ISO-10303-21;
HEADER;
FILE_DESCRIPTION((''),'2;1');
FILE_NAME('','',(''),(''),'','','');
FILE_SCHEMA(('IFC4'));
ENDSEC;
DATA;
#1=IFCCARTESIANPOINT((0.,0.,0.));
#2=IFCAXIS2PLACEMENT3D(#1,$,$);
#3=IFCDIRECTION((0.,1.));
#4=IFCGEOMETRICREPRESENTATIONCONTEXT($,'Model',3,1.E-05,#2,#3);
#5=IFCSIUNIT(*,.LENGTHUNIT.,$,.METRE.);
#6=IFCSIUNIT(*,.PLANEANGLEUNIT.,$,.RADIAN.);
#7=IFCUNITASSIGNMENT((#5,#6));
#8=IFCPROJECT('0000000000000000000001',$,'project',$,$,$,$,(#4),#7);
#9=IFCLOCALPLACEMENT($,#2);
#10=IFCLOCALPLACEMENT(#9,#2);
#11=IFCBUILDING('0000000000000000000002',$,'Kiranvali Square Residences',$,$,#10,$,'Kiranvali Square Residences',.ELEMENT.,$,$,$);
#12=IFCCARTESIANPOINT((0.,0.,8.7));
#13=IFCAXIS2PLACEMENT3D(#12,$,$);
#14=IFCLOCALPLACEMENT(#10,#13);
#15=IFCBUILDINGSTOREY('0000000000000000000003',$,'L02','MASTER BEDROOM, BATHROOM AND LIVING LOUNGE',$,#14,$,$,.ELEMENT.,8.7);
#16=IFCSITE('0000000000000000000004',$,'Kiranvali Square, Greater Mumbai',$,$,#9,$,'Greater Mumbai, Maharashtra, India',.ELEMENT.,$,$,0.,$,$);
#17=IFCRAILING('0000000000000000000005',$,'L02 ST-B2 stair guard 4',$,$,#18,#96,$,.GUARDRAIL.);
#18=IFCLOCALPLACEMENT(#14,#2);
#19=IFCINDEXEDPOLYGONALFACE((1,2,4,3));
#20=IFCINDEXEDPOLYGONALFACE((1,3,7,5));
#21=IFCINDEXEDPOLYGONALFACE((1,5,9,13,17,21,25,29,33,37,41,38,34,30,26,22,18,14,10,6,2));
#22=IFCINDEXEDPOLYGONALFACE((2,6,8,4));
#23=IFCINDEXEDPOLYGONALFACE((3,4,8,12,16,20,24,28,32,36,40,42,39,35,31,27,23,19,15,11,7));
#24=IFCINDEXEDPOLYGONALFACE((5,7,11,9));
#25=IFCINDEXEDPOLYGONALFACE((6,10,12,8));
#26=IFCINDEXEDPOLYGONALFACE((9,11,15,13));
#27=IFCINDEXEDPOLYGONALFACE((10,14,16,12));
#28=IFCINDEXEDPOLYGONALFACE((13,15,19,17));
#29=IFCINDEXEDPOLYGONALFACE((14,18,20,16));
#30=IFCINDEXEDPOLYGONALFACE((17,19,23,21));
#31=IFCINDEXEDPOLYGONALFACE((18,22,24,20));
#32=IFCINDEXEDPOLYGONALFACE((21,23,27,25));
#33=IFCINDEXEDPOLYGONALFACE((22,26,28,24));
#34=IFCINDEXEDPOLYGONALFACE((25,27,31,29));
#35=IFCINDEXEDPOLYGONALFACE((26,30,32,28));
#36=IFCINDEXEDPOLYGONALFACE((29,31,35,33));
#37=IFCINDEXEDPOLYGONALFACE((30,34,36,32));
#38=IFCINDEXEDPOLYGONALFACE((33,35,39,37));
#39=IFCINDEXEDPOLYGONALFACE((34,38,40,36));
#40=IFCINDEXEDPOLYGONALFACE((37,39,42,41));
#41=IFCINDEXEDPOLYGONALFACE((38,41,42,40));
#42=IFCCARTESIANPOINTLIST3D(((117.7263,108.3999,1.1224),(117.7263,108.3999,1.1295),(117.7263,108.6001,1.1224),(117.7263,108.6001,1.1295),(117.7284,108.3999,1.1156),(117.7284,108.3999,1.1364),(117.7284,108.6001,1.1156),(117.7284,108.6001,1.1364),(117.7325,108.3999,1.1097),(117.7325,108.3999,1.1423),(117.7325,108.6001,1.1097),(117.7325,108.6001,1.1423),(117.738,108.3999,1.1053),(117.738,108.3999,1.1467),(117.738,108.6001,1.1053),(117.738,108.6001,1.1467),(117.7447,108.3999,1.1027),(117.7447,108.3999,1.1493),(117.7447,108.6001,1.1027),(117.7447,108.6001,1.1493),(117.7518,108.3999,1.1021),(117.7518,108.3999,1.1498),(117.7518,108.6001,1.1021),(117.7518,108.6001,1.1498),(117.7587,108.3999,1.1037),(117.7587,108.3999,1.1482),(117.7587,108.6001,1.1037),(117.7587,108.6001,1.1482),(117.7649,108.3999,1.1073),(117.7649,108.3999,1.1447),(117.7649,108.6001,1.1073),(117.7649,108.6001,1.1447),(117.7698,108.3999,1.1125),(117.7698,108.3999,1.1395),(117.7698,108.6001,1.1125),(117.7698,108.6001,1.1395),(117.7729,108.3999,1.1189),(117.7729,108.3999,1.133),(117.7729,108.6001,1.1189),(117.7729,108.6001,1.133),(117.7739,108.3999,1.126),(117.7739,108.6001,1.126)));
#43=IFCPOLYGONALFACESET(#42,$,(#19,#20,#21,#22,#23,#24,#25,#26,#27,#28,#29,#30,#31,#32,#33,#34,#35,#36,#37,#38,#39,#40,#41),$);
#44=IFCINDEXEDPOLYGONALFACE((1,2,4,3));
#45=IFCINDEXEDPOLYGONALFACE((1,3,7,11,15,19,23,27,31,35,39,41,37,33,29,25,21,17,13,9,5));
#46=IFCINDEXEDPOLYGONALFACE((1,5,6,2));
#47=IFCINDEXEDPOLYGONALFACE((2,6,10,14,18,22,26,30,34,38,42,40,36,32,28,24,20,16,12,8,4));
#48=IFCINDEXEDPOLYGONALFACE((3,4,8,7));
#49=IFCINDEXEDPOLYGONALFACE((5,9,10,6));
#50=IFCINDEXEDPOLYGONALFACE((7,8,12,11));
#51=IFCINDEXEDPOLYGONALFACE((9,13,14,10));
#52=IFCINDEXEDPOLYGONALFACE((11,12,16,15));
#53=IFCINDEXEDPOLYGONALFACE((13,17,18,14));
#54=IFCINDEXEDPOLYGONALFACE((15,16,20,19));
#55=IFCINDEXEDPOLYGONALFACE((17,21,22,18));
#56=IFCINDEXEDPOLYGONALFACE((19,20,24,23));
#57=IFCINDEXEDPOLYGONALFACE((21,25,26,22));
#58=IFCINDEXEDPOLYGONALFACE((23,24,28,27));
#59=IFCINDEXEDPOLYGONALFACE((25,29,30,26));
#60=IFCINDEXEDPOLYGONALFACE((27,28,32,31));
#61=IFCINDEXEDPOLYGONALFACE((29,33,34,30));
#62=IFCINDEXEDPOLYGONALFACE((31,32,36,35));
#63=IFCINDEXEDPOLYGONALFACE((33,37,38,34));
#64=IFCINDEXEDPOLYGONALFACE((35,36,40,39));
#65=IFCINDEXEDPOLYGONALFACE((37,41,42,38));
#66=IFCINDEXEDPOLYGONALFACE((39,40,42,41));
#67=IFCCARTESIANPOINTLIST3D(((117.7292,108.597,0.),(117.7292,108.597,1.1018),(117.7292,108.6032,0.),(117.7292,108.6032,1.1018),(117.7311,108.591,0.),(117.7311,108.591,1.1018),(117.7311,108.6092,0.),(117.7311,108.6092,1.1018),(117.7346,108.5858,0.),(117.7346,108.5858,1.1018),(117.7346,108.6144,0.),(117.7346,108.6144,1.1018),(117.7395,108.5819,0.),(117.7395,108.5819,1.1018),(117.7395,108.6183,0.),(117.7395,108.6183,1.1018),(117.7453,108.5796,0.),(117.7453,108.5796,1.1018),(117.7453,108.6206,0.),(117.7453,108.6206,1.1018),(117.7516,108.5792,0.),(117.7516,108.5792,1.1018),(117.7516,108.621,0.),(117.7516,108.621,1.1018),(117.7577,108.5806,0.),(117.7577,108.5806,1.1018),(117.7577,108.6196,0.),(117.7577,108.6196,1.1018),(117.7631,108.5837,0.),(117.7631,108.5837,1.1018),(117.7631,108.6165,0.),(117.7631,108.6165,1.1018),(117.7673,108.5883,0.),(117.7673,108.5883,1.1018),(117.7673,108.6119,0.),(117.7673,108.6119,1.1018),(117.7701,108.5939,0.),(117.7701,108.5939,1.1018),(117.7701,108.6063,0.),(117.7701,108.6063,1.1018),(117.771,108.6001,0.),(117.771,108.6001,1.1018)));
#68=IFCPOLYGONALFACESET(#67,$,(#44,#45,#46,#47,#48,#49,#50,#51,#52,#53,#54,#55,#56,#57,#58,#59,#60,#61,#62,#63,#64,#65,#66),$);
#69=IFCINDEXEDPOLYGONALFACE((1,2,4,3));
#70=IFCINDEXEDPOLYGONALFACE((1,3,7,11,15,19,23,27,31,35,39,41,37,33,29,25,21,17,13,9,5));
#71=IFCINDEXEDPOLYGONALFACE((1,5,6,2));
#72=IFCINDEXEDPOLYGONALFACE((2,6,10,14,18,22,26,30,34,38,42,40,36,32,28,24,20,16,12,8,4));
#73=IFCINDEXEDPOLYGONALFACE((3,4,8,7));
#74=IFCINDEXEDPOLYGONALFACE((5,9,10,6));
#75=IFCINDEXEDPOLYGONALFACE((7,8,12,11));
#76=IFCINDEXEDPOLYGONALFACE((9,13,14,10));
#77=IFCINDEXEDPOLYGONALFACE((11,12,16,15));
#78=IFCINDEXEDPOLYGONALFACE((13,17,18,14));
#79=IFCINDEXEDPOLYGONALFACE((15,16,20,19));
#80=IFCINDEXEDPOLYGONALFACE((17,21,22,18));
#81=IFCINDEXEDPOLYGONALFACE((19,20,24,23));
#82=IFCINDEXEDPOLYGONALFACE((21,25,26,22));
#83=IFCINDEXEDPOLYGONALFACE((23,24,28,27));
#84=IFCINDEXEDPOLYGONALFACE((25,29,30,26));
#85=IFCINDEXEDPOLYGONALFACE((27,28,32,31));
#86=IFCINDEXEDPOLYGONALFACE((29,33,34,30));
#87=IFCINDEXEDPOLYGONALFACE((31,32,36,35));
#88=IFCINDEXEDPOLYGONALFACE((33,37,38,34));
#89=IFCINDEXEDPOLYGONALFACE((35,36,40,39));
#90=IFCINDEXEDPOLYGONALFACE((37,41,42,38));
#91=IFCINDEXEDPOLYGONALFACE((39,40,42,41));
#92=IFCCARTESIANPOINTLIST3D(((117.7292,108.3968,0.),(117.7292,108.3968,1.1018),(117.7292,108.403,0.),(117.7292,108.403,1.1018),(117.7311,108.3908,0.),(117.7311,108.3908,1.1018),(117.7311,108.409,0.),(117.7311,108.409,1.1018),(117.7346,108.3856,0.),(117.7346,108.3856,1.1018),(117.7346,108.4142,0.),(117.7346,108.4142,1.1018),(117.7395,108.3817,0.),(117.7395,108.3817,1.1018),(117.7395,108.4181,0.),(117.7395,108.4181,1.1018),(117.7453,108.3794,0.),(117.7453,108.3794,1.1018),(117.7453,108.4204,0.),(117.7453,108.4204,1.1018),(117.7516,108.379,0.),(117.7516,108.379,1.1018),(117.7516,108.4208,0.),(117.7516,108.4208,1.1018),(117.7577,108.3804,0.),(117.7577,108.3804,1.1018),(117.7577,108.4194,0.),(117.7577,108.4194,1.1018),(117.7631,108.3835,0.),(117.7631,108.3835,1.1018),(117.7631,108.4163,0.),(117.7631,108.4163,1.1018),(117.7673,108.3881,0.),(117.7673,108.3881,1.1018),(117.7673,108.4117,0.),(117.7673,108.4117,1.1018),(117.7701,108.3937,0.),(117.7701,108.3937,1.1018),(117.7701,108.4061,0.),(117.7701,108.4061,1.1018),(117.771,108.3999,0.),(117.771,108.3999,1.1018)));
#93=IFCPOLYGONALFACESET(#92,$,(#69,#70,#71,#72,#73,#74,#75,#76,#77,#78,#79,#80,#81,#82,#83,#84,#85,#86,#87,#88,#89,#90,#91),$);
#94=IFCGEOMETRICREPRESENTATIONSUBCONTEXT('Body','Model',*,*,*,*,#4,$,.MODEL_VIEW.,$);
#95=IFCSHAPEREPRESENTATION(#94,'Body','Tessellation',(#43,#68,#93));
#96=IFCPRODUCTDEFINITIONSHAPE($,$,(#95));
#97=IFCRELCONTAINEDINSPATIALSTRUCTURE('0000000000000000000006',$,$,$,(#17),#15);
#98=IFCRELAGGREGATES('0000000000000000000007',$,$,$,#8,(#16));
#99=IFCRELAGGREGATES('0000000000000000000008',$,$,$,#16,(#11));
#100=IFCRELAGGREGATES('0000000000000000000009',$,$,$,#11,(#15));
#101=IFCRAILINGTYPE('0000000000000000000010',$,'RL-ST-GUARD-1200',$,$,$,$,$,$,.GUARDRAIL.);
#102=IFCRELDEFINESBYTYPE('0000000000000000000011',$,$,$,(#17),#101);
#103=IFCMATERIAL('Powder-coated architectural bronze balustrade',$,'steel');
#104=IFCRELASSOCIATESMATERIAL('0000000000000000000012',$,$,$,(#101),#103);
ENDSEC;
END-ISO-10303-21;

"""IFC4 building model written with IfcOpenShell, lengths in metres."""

from ifc_helpers import new_model, si_unit, direction, frame, origin, origin_2d, place, context, subcontext, project, spatial, circle, extrude, material, type_object, element, save


model = new_model("IFC4")

# Units and contexts
model_context = context("Model", 3, precision=1e-05, world=origin(), true_north=direction((0.0, 1.0)))
body_context = subcontext(model_context, "Body", "Model", "MODEL_VIEW")
ifc_project = project(units=[si_unit("LENGTHUNIT", "METRE"), si_unit("PLANEANGLEUNIT", "RADIAN")], contexts=[model_context])

# Site, building, storey
site_placement = place(None, origin())
site = spatial("IfcSite", under=ifc_project, at=site_placement, Name="Kiranvali Square, Greater Mumbai", LongName="Greater Mumbai, Maharashtra, India", CompositionType="ELEMENT", RefElevation=0.0)
building_placement = place(site_placement, origin())
building = spatial("IfcBuilding", under=site, at=building_placement, Name="Kiranvali Square Residences", LongName="Kiranvali Square Residences", CompositionType="ELEMENT")
storey_placement = place(building_placement, frame((0.0, 0.0, 8.7)))
storey = spatial("IfcBuildingStorey", under=building, at=storey_placement, Name="L02", Description="MASTER BEDROOM, BATHROOM AND LIVING LOUNGE", CompositionType="ELEMENT", Elevation=8.7)

# Railing
ifc_material_1 = material(Name="Powder-coated architectural bronze balustrade", Category="steel")
railing_type_1 = type_object("IfcRailingType", Name="RL-ST-GUARD-1200", PredefinedType="GUARDRAIL", material=ifc_material_1)
railing_1_placement = place(storey_placement, frame((117.75, 108.6001, 0.0)))
element("IfcRailing", 1, at=railing_1_placement, inside=storey, type_object=railing_type_1, Name="L02 ST-B2 stair guard 4", PredefinedType="GUARDRAIL", context=body_context, shape_type="SweptSolid", body=[
    extrude(circle(Radius=0.0239, at=origin_2d()), frame((0.0, 0.0, 1.126), z_axis=(0.0, -1.0, 0.0), x_axis=(1.0, 0.0, 0.0)), (0.0, 0.0, 1.0), 0.2002),
    extrude(circle(Radius=0.021, at=origin_2d()), origin(), (0.0, 0.0, 1.0), 1.1018),
    extrude(circle(Radius=0.021, at=origin_2d()), frame((0.0, -0.2002, 0.0)), (0.0, 0.0, 1.0), 1.1018),
])

save(model, "model.ifc")
